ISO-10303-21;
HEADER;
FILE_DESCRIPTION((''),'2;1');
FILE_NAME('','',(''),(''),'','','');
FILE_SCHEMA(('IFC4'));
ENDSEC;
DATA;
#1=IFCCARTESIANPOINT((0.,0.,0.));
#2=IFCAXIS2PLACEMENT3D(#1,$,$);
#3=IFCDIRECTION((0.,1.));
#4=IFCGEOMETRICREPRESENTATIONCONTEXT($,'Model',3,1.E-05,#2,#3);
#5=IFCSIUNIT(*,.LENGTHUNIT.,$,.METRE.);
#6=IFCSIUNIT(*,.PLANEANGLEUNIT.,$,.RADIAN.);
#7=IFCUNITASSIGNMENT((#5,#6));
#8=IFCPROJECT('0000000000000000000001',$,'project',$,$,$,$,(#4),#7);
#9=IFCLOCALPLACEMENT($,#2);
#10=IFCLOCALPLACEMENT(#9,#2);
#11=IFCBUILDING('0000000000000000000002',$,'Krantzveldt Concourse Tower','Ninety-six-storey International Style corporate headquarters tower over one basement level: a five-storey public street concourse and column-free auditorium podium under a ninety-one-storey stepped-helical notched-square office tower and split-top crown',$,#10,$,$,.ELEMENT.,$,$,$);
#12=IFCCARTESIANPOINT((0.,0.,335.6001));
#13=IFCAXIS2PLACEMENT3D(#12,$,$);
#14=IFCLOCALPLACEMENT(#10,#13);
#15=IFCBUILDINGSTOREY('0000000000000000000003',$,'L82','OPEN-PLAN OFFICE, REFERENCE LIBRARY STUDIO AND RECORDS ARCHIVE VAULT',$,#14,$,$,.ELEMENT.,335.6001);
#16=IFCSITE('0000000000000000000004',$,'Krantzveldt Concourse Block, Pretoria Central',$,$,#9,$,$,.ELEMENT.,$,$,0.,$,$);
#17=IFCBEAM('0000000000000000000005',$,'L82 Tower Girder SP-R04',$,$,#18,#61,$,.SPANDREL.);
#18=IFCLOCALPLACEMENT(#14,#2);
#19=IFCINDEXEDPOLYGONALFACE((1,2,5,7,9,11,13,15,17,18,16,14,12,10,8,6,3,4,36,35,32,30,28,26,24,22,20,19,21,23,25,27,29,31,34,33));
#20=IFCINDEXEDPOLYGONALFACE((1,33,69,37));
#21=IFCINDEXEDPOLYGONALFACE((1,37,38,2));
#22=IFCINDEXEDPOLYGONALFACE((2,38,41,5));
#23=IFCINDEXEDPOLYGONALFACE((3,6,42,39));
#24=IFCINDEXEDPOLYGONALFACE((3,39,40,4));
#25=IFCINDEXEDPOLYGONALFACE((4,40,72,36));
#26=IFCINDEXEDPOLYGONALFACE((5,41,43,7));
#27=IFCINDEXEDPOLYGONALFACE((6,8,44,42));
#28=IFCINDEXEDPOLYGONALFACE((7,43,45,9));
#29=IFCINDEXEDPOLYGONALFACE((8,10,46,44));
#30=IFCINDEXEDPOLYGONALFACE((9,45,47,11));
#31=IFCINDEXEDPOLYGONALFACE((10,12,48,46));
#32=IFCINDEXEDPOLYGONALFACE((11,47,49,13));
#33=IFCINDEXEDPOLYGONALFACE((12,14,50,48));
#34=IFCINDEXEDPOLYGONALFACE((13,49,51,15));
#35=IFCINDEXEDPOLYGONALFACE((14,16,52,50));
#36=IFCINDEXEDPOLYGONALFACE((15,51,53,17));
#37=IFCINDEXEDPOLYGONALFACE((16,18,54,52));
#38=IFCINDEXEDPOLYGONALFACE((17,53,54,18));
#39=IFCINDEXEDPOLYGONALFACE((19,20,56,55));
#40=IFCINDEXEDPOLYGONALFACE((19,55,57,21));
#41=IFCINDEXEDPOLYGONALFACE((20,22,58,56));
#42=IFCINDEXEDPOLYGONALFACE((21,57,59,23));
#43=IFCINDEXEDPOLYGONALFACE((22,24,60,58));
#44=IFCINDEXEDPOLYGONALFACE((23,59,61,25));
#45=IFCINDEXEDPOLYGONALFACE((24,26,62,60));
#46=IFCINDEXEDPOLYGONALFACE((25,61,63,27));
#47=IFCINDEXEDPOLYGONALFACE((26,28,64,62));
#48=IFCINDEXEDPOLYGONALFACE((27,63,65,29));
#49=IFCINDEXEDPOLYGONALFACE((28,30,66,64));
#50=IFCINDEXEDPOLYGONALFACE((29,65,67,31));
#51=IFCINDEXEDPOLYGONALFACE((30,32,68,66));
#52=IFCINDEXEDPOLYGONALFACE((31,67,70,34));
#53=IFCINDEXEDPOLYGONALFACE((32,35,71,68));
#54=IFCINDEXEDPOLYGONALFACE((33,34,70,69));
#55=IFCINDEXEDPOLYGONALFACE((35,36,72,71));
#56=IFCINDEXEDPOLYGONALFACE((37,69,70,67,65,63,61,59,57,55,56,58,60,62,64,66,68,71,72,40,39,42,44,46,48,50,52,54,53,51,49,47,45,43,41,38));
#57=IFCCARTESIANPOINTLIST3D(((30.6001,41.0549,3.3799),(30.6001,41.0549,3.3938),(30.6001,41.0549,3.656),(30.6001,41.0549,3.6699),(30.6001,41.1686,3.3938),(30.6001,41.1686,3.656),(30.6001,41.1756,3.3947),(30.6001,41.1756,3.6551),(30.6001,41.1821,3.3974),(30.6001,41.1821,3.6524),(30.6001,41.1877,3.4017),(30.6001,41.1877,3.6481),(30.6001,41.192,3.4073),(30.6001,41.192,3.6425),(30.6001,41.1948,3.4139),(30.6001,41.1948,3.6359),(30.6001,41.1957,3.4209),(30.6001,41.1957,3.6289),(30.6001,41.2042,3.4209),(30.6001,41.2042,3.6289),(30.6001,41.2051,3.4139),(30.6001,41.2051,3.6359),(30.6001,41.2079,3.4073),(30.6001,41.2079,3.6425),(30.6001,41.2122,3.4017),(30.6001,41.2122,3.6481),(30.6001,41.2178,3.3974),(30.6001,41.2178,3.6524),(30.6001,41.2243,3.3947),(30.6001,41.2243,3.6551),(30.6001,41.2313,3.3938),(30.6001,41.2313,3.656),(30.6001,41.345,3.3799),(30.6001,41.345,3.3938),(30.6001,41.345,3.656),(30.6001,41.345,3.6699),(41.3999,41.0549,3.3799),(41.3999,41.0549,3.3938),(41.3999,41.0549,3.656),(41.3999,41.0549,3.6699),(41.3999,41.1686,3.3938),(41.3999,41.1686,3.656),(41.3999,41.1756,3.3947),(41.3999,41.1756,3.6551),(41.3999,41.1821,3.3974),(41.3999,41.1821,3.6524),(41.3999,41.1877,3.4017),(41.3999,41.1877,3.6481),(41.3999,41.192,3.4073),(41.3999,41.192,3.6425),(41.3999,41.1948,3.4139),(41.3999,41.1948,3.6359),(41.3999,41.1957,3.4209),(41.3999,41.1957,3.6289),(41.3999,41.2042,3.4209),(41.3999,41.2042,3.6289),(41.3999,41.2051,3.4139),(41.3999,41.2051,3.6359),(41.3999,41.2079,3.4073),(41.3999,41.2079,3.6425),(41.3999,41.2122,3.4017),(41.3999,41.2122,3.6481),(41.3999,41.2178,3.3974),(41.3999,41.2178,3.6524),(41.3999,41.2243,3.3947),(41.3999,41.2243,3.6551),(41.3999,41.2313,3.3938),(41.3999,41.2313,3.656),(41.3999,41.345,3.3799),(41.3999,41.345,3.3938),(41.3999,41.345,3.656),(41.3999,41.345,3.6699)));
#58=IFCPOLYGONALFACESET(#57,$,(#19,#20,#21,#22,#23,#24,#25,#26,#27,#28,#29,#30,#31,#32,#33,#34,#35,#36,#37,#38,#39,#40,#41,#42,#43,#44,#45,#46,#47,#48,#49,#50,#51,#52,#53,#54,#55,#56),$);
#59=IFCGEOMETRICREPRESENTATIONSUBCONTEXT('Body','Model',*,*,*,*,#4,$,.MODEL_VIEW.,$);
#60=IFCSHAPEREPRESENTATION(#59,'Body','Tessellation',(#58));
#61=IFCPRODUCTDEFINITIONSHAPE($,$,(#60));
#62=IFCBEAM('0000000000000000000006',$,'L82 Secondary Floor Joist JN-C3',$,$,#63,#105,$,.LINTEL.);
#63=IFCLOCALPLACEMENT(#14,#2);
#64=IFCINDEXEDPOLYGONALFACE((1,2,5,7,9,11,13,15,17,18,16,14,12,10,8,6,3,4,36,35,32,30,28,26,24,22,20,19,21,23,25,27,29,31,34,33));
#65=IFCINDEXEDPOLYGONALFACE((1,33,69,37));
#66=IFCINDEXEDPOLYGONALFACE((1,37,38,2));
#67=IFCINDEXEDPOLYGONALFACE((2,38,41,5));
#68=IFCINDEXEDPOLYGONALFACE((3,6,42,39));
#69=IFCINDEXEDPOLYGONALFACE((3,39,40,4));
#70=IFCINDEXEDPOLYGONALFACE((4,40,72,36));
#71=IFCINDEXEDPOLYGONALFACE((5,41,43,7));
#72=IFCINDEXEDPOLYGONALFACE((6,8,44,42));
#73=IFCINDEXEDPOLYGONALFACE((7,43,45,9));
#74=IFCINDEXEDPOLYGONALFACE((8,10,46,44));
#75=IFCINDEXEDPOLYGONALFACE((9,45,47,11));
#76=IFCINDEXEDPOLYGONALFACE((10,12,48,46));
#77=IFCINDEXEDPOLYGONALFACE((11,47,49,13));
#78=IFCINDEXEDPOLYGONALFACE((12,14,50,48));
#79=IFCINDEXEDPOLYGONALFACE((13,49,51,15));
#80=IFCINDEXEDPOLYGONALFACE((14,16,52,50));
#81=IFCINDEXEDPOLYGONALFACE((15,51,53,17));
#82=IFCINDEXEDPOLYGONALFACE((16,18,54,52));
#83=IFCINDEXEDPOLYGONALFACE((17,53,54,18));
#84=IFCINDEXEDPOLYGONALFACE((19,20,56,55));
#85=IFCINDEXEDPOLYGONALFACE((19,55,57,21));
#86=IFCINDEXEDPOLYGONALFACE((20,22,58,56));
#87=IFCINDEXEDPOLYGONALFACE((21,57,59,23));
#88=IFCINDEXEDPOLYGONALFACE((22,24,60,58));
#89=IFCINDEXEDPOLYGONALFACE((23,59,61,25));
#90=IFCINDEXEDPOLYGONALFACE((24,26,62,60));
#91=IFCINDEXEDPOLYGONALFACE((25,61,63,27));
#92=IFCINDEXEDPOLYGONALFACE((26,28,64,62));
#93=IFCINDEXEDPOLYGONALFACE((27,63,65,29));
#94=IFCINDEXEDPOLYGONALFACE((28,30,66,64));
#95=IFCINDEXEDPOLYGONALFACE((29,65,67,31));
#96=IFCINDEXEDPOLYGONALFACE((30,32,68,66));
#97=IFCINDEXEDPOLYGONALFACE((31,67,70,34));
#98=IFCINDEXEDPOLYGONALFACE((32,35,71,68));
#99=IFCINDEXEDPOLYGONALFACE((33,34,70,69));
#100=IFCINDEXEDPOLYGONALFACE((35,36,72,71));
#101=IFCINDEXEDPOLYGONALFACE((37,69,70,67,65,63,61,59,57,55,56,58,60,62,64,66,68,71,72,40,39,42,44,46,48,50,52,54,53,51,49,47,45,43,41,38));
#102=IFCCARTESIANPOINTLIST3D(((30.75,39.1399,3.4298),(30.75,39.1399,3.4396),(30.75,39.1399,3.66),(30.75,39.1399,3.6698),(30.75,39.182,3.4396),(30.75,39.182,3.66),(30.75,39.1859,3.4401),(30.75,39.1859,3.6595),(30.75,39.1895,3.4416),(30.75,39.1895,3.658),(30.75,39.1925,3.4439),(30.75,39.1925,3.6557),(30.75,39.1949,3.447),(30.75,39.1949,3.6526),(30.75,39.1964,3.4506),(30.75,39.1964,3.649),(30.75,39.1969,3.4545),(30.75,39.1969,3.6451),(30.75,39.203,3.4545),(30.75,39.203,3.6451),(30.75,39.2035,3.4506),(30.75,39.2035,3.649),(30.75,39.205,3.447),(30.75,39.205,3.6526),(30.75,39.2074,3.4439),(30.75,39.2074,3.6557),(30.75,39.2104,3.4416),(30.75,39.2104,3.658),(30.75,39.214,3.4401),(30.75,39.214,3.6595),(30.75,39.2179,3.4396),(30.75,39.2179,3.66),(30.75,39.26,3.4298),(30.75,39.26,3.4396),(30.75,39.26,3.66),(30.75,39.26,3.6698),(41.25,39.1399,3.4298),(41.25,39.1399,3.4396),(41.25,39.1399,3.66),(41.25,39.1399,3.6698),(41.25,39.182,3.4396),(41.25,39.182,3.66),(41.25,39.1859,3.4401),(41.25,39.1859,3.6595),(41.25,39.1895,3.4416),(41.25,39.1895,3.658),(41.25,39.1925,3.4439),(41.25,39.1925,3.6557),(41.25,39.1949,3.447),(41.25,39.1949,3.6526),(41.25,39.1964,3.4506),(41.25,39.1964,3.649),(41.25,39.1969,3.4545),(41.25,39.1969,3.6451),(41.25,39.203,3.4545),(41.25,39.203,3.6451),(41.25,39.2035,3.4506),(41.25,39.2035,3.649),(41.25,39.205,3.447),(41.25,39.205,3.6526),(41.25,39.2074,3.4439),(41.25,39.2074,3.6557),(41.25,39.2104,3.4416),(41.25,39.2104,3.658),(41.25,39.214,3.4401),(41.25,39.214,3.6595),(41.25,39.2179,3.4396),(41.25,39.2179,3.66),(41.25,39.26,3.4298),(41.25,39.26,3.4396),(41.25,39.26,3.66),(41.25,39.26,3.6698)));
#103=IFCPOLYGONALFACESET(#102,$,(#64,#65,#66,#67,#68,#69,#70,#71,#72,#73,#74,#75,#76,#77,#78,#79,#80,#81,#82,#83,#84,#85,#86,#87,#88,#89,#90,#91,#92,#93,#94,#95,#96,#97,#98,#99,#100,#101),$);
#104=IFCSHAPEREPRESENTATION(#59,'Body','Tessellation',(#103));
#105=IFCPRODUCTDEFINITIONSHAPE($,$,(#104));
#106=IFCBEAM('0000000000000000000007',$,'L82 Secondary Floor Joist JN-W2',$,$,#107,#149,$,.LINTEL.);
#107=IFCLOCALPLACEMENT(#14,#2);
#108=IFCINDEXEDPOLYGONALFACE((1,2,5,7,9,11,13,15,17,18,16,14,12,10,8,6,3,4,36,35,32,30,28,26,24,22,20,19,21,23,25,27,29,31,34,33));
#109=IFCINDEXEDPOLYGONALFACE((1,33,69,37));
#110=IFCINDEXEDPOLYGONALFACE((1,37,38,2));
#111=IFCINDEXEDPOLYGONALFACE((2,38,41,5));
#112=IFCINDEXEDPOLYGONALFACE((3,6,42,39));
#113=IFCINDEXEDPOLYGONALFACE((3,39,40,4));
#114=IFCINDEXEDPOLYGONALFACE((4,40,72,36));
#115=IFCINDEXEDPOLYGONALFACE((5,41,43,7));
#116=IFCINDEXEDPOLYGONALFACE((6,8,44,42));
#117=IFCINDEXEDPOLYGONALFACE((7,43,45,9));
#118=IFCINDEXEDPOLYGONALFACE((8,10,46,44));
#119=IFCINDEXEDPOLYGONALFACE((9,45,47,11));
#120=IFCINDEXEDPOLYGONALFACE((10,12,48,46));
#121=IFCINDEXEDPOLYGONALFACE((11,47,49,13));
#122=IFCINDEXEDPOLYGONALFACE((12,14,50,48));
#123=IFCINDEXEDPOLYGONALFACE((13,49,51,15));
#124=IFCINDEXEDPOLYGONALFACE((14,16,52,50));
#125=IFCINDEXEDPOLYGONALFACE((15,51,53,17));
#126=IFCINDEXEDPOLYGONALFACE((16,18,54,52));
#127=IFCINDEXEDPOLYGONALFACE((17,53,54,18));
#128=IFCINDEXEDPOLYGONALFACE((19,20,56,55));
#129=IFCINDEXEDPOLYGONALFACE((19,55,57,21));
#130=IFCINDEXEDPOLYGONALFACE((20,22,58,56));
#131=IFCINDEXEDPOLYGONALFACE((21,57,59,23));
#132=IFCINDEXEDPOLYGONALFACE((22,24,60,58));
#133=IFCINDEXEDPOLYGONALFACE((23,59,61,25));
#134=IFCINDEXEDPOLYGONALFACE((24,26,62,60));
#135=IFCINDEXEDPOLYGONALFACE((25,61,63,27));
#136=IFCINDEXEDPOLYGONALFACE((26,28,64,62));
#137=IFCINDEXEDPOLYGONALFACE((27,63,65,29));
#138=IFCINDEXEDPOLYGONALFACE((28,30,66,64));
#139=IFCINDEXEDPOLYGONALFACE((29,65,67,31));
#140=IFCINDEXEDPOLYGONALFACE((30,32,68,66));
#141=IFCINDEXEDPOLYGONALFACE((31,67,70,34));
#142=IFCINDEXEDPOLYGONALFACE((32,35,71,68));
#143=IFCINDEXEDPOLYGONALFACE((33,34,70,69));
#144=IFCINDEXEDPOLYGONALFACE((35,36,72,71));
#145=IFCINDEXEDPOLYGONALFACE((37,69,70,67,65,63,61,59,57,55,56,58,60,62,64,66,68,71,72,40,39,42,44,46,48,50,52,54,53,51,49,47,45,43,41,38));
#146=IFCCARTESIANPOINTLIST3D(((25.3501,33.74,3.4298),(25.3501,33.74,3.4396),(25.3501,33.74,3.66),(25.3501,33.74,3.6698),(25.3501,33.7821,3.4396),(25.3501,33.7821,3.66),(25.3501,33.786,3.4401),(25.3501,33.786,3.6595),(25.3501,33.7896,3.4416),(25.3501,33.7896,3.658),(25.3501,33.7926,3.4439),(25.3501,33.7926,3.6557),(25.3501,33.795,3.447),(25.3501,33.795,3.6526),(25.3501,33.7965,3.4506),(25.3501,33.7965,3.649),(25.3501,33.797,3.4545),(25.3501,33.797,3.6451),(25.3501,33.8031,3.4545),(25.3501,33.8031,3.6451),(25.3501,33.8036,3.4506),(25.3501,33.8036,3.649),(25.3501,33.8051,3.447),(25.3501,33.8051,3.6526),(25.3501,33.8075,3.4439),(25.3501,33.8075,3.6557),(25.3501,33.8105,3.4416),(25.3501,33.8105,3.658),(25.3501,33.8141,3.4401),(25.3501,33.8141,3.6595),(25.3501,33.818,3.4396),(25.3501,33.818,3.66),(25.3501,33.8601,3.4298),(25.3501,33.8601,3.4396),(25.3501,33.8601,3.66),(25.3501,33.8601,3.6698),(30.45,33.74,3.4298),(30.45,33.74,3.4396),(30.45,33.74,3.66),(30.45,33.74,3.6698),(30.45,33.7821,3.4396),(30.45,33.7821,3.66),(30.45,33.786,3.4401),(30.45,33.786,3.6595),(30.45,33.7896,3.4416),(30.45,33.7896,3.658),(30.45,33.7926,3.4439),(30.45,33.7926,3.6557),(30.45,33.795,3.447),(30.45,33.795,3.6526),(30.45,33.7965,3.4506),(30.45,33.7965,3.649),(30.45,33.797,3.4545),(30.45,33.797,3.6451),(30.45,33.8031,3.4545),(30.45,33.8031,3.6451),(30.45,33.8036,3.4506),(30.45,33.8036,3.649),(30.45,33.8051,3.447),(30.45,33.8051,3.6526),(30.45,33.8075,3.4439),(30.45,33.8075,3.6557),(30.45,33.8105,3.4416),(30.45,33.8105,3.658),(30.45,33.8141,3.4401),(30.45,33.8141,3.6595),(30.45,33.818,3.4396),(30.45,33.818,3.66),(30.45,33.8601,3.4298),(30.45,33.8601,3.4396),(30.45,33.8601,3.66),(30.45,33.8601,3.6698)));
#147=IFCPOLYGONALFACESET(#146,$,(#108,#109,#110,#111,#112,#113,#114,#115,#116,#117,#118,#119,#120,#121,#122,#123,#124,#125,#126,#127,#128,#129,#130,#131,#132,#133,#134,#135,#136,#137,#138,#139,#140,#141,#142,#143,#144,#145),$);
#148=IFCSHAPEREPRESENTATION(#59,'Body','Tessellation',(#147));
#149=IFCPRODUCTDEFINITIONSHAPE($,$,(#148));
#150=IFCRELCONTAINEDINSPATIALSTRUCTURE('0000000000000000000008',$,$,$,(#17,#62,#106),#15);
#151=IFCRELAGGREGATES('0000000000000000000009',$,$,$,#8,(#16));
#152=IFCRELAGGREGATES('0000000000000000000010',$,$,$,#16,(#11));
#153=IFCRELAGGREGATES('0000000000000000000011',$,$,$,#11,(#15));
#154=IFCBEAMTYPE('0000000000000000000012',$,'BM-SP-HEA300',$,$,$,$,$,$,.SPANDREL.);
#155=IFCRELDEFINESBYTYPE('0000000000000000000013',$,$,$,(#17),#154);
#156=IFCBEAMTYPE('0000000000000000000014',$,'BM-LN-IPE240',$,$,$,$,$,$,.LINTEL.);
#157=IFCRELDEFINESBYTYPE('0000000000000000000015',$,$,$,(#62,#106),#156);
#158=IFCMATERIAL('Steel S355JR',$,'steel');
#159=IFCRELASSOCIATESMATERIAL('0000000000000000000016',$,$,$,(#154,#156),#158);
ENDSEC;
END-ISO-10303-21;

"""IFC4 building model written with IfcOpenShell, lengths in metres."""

from ifc_helpers import new_model, si_unit, direction, frame, origin, origin_2d, place, context, subcontext, project, spatial, i_section, extrude, source, transform, mapped, material, material_profile, profile_set, type_object, type_shapes, element, save


model = new_model("IFC4")

# Units and contexts
model_context = context("Model", 3, precision=1e-05, world=origin(), true_north=direction((0.0, 1.0)))
body_context = subcontext(model_context, "Body", "Model", "MODEL_VIEW")
ifc_project = project(units=[si_unit("LENGTHUNIT", "METRE"), si_unit("PLANEANGLEUNIT", "RADIAN")], contexts=[model_context])

# Site, building, storey
site_placement = place(None, origin())
site = spatial("IfcSite", under=ifc_project, at=site_placement, Name="Krantzveldt Concourse Block, Pretoria Central", CompositionType="ELEMENT", RefElevation=0.0)
building_placement = place(site_placement, origin())
building = spatial("IfcBuilding", under=site, at=building_placement, Name="Krantzveldt Concourse Tower", Description="Ninety-six-storey International Style corporate headquarters tower over one basement level: a five-storey public street concourse and column-free auditorium podium under a ninety-one-storey stepped-helical notched-square office tower and split-top crown", CompositionType="ELEMENT")
storey_placement = place(building_placement, frame((0.0, 0.0, 335.6001)))
storey = spatial("IfcBuildingStorey", under=building, at=storey_placement, Name="L82", Description="OPEN-PLAN OFFICE, REFERENCE LIBRARY STUDIO AND RECORDS ARCHIVE VAULT", CompositionType="ELEMENT", Elevation=335.6001)

# Beams
ifc_material_1 = material(Name="Steel S355JR", Category="steel")
ifc_material_profile_1 = material_profile(ifc_material_1, i_section(OverallWidth=0.29, OverallDepth=0.29, WebThickness=0.0085, FlangeThickness=0.0139, FilletRadius=0.0271, at=origin_2d()), Name="Steel S355JR", Category="steel")
ifc_profile_set_1 = profile_set([ifc_material_profile_1], Name="Steel S355JR - HEA 300")
beam_type_1 = type_object("IfcBeamType", Name="BM-SP-HEA300", PredefinedType="SPANDREL", material=ifc_profile_set_1)
shared_shape_1 = source(origin(), body_context, "Body", "SweptSolid", [
    extrude(i_section(OverallWidth=0.29, OverallDepth=0.29, WebThickness=0.0085, FlangeThickness=0.0139, FilletRadius=0.0271, at=origin_2d()), origin(), (0.0, 0.0, 1.0), 10.7998),
])
beam_1_placement = place(storey_placement, frame((30.6001, 41.2, 3.5249), z_axis=(1.0, 0.0, 0.0), x_axis=(0.0, 1.0, 0.0)))
element("IfcBeam", 1, at=beam_1_placement, inside=storey, type_object=beam_type_1, Name="L82 Tower Girder SP-R04", PredefinedType="SPANDREL", context=body_context, shape_type="MappedRepresentation", body=[
    mapped(shared_shape_1, transform((0.0, 0.0, 0.0), x_axis=(1.0, 0.0, 0.0), y_axis=(0.0, 1.0, 0.0), z_axis=(0.0, 0.0, 1.0), scale=1.0)),
])
ifc_material_profile_2 = material_profile(ifc_material_1, i_section(OverallWidth=0.1201, OverallDepth=0.24, WebThickness=0.0061, FlangeThickness=0.0098, FilletRadius=0.0149, at=origin_2d()), Name="Steel S355JR", Category="steel")
ifc_profile_set_2 = profile_set([ifc_material_profile_2], Name="Steel S355JR - IPE 240")
beam_type_2 = type_object("IfcBeamType", Name="BM-LN-IPE240", PredefinedType="LINTEL", material=ifc_profile_set_2)
shared_shape_2 = source(origin(), body_context, "Body", "SweptSolid", [
    extrude(i_section(OverallWidth=0.1201, OverallDepth=0.24, WebThickness=0.0061, FlangeThickness=0.0098, FilletRadius=0.0149, at=origin_2d()), origin(), (0.0, 0.0, 1.0), 10.5),
])
beam_2_placement = place(storey_placement, frame((30.75, 39.2, 3.5498), z_axis=(1.0, 0.0, 0.0), x_axis=(0.0, 1.0, 0.0)))
element("IfcBeam", 2, at=beam_2_placement, inside=storey, type_object=beam_type_2, Name="L82 Secondary Floor Joist JN-C3", PredefinedType="LINTEL", context=body_context, shape_type="MappedRepresentation", body=[
    mapped(shared_shape_2, transform((0.0, 0.0, 0.0), x_axis=(1.0, 0.0, 0.0), y_axis=(0.0, 1.0, 0.0), z_axis=(0.0, 0.0, 1.0), scale=1.0)),
])
shared_shape_3 = source(origin(), body_context, "Body", "SweptSolid", [
    extrude(i_section(OverallWidth=0.1201, OverallDepth=0.24, WebThickness=0.0061, FlangeThickness=0.0098, FilletRadius=0.0149, at=origin_2d()), origin(), (0.0, 0.0, 1.0), 5.0999),
])
type_shapes(beam_type_2, [shared_shape_2, shared_shape_3])
beam_3_placement = place(storey_placement, frame((25.3501, 33.8, 3.5498), z_axis=(1.0, 0.0, 0.0), x_axis=(0.0, 1.0, 0.0)))
element("IfcBeam", 3, at=beam_3_placement, inside=storey, type_object=beam_type_2, Name="L82 Secondary Floor Joist JN-W2", PredefinedType="LINTEL", context=body_context, shape_type="MappedRepresentation", body=[
    mapped(shared_shape_3, transform((0.0, 0.0, 0.0), x_axis=(1.0, 0.0, 0.0), y_axis=(0.0, 1.0, 0.0), z_axis=(0.0, 0.0, 1.0), scale=1.0)),
])

save(model, "model.ifc")
